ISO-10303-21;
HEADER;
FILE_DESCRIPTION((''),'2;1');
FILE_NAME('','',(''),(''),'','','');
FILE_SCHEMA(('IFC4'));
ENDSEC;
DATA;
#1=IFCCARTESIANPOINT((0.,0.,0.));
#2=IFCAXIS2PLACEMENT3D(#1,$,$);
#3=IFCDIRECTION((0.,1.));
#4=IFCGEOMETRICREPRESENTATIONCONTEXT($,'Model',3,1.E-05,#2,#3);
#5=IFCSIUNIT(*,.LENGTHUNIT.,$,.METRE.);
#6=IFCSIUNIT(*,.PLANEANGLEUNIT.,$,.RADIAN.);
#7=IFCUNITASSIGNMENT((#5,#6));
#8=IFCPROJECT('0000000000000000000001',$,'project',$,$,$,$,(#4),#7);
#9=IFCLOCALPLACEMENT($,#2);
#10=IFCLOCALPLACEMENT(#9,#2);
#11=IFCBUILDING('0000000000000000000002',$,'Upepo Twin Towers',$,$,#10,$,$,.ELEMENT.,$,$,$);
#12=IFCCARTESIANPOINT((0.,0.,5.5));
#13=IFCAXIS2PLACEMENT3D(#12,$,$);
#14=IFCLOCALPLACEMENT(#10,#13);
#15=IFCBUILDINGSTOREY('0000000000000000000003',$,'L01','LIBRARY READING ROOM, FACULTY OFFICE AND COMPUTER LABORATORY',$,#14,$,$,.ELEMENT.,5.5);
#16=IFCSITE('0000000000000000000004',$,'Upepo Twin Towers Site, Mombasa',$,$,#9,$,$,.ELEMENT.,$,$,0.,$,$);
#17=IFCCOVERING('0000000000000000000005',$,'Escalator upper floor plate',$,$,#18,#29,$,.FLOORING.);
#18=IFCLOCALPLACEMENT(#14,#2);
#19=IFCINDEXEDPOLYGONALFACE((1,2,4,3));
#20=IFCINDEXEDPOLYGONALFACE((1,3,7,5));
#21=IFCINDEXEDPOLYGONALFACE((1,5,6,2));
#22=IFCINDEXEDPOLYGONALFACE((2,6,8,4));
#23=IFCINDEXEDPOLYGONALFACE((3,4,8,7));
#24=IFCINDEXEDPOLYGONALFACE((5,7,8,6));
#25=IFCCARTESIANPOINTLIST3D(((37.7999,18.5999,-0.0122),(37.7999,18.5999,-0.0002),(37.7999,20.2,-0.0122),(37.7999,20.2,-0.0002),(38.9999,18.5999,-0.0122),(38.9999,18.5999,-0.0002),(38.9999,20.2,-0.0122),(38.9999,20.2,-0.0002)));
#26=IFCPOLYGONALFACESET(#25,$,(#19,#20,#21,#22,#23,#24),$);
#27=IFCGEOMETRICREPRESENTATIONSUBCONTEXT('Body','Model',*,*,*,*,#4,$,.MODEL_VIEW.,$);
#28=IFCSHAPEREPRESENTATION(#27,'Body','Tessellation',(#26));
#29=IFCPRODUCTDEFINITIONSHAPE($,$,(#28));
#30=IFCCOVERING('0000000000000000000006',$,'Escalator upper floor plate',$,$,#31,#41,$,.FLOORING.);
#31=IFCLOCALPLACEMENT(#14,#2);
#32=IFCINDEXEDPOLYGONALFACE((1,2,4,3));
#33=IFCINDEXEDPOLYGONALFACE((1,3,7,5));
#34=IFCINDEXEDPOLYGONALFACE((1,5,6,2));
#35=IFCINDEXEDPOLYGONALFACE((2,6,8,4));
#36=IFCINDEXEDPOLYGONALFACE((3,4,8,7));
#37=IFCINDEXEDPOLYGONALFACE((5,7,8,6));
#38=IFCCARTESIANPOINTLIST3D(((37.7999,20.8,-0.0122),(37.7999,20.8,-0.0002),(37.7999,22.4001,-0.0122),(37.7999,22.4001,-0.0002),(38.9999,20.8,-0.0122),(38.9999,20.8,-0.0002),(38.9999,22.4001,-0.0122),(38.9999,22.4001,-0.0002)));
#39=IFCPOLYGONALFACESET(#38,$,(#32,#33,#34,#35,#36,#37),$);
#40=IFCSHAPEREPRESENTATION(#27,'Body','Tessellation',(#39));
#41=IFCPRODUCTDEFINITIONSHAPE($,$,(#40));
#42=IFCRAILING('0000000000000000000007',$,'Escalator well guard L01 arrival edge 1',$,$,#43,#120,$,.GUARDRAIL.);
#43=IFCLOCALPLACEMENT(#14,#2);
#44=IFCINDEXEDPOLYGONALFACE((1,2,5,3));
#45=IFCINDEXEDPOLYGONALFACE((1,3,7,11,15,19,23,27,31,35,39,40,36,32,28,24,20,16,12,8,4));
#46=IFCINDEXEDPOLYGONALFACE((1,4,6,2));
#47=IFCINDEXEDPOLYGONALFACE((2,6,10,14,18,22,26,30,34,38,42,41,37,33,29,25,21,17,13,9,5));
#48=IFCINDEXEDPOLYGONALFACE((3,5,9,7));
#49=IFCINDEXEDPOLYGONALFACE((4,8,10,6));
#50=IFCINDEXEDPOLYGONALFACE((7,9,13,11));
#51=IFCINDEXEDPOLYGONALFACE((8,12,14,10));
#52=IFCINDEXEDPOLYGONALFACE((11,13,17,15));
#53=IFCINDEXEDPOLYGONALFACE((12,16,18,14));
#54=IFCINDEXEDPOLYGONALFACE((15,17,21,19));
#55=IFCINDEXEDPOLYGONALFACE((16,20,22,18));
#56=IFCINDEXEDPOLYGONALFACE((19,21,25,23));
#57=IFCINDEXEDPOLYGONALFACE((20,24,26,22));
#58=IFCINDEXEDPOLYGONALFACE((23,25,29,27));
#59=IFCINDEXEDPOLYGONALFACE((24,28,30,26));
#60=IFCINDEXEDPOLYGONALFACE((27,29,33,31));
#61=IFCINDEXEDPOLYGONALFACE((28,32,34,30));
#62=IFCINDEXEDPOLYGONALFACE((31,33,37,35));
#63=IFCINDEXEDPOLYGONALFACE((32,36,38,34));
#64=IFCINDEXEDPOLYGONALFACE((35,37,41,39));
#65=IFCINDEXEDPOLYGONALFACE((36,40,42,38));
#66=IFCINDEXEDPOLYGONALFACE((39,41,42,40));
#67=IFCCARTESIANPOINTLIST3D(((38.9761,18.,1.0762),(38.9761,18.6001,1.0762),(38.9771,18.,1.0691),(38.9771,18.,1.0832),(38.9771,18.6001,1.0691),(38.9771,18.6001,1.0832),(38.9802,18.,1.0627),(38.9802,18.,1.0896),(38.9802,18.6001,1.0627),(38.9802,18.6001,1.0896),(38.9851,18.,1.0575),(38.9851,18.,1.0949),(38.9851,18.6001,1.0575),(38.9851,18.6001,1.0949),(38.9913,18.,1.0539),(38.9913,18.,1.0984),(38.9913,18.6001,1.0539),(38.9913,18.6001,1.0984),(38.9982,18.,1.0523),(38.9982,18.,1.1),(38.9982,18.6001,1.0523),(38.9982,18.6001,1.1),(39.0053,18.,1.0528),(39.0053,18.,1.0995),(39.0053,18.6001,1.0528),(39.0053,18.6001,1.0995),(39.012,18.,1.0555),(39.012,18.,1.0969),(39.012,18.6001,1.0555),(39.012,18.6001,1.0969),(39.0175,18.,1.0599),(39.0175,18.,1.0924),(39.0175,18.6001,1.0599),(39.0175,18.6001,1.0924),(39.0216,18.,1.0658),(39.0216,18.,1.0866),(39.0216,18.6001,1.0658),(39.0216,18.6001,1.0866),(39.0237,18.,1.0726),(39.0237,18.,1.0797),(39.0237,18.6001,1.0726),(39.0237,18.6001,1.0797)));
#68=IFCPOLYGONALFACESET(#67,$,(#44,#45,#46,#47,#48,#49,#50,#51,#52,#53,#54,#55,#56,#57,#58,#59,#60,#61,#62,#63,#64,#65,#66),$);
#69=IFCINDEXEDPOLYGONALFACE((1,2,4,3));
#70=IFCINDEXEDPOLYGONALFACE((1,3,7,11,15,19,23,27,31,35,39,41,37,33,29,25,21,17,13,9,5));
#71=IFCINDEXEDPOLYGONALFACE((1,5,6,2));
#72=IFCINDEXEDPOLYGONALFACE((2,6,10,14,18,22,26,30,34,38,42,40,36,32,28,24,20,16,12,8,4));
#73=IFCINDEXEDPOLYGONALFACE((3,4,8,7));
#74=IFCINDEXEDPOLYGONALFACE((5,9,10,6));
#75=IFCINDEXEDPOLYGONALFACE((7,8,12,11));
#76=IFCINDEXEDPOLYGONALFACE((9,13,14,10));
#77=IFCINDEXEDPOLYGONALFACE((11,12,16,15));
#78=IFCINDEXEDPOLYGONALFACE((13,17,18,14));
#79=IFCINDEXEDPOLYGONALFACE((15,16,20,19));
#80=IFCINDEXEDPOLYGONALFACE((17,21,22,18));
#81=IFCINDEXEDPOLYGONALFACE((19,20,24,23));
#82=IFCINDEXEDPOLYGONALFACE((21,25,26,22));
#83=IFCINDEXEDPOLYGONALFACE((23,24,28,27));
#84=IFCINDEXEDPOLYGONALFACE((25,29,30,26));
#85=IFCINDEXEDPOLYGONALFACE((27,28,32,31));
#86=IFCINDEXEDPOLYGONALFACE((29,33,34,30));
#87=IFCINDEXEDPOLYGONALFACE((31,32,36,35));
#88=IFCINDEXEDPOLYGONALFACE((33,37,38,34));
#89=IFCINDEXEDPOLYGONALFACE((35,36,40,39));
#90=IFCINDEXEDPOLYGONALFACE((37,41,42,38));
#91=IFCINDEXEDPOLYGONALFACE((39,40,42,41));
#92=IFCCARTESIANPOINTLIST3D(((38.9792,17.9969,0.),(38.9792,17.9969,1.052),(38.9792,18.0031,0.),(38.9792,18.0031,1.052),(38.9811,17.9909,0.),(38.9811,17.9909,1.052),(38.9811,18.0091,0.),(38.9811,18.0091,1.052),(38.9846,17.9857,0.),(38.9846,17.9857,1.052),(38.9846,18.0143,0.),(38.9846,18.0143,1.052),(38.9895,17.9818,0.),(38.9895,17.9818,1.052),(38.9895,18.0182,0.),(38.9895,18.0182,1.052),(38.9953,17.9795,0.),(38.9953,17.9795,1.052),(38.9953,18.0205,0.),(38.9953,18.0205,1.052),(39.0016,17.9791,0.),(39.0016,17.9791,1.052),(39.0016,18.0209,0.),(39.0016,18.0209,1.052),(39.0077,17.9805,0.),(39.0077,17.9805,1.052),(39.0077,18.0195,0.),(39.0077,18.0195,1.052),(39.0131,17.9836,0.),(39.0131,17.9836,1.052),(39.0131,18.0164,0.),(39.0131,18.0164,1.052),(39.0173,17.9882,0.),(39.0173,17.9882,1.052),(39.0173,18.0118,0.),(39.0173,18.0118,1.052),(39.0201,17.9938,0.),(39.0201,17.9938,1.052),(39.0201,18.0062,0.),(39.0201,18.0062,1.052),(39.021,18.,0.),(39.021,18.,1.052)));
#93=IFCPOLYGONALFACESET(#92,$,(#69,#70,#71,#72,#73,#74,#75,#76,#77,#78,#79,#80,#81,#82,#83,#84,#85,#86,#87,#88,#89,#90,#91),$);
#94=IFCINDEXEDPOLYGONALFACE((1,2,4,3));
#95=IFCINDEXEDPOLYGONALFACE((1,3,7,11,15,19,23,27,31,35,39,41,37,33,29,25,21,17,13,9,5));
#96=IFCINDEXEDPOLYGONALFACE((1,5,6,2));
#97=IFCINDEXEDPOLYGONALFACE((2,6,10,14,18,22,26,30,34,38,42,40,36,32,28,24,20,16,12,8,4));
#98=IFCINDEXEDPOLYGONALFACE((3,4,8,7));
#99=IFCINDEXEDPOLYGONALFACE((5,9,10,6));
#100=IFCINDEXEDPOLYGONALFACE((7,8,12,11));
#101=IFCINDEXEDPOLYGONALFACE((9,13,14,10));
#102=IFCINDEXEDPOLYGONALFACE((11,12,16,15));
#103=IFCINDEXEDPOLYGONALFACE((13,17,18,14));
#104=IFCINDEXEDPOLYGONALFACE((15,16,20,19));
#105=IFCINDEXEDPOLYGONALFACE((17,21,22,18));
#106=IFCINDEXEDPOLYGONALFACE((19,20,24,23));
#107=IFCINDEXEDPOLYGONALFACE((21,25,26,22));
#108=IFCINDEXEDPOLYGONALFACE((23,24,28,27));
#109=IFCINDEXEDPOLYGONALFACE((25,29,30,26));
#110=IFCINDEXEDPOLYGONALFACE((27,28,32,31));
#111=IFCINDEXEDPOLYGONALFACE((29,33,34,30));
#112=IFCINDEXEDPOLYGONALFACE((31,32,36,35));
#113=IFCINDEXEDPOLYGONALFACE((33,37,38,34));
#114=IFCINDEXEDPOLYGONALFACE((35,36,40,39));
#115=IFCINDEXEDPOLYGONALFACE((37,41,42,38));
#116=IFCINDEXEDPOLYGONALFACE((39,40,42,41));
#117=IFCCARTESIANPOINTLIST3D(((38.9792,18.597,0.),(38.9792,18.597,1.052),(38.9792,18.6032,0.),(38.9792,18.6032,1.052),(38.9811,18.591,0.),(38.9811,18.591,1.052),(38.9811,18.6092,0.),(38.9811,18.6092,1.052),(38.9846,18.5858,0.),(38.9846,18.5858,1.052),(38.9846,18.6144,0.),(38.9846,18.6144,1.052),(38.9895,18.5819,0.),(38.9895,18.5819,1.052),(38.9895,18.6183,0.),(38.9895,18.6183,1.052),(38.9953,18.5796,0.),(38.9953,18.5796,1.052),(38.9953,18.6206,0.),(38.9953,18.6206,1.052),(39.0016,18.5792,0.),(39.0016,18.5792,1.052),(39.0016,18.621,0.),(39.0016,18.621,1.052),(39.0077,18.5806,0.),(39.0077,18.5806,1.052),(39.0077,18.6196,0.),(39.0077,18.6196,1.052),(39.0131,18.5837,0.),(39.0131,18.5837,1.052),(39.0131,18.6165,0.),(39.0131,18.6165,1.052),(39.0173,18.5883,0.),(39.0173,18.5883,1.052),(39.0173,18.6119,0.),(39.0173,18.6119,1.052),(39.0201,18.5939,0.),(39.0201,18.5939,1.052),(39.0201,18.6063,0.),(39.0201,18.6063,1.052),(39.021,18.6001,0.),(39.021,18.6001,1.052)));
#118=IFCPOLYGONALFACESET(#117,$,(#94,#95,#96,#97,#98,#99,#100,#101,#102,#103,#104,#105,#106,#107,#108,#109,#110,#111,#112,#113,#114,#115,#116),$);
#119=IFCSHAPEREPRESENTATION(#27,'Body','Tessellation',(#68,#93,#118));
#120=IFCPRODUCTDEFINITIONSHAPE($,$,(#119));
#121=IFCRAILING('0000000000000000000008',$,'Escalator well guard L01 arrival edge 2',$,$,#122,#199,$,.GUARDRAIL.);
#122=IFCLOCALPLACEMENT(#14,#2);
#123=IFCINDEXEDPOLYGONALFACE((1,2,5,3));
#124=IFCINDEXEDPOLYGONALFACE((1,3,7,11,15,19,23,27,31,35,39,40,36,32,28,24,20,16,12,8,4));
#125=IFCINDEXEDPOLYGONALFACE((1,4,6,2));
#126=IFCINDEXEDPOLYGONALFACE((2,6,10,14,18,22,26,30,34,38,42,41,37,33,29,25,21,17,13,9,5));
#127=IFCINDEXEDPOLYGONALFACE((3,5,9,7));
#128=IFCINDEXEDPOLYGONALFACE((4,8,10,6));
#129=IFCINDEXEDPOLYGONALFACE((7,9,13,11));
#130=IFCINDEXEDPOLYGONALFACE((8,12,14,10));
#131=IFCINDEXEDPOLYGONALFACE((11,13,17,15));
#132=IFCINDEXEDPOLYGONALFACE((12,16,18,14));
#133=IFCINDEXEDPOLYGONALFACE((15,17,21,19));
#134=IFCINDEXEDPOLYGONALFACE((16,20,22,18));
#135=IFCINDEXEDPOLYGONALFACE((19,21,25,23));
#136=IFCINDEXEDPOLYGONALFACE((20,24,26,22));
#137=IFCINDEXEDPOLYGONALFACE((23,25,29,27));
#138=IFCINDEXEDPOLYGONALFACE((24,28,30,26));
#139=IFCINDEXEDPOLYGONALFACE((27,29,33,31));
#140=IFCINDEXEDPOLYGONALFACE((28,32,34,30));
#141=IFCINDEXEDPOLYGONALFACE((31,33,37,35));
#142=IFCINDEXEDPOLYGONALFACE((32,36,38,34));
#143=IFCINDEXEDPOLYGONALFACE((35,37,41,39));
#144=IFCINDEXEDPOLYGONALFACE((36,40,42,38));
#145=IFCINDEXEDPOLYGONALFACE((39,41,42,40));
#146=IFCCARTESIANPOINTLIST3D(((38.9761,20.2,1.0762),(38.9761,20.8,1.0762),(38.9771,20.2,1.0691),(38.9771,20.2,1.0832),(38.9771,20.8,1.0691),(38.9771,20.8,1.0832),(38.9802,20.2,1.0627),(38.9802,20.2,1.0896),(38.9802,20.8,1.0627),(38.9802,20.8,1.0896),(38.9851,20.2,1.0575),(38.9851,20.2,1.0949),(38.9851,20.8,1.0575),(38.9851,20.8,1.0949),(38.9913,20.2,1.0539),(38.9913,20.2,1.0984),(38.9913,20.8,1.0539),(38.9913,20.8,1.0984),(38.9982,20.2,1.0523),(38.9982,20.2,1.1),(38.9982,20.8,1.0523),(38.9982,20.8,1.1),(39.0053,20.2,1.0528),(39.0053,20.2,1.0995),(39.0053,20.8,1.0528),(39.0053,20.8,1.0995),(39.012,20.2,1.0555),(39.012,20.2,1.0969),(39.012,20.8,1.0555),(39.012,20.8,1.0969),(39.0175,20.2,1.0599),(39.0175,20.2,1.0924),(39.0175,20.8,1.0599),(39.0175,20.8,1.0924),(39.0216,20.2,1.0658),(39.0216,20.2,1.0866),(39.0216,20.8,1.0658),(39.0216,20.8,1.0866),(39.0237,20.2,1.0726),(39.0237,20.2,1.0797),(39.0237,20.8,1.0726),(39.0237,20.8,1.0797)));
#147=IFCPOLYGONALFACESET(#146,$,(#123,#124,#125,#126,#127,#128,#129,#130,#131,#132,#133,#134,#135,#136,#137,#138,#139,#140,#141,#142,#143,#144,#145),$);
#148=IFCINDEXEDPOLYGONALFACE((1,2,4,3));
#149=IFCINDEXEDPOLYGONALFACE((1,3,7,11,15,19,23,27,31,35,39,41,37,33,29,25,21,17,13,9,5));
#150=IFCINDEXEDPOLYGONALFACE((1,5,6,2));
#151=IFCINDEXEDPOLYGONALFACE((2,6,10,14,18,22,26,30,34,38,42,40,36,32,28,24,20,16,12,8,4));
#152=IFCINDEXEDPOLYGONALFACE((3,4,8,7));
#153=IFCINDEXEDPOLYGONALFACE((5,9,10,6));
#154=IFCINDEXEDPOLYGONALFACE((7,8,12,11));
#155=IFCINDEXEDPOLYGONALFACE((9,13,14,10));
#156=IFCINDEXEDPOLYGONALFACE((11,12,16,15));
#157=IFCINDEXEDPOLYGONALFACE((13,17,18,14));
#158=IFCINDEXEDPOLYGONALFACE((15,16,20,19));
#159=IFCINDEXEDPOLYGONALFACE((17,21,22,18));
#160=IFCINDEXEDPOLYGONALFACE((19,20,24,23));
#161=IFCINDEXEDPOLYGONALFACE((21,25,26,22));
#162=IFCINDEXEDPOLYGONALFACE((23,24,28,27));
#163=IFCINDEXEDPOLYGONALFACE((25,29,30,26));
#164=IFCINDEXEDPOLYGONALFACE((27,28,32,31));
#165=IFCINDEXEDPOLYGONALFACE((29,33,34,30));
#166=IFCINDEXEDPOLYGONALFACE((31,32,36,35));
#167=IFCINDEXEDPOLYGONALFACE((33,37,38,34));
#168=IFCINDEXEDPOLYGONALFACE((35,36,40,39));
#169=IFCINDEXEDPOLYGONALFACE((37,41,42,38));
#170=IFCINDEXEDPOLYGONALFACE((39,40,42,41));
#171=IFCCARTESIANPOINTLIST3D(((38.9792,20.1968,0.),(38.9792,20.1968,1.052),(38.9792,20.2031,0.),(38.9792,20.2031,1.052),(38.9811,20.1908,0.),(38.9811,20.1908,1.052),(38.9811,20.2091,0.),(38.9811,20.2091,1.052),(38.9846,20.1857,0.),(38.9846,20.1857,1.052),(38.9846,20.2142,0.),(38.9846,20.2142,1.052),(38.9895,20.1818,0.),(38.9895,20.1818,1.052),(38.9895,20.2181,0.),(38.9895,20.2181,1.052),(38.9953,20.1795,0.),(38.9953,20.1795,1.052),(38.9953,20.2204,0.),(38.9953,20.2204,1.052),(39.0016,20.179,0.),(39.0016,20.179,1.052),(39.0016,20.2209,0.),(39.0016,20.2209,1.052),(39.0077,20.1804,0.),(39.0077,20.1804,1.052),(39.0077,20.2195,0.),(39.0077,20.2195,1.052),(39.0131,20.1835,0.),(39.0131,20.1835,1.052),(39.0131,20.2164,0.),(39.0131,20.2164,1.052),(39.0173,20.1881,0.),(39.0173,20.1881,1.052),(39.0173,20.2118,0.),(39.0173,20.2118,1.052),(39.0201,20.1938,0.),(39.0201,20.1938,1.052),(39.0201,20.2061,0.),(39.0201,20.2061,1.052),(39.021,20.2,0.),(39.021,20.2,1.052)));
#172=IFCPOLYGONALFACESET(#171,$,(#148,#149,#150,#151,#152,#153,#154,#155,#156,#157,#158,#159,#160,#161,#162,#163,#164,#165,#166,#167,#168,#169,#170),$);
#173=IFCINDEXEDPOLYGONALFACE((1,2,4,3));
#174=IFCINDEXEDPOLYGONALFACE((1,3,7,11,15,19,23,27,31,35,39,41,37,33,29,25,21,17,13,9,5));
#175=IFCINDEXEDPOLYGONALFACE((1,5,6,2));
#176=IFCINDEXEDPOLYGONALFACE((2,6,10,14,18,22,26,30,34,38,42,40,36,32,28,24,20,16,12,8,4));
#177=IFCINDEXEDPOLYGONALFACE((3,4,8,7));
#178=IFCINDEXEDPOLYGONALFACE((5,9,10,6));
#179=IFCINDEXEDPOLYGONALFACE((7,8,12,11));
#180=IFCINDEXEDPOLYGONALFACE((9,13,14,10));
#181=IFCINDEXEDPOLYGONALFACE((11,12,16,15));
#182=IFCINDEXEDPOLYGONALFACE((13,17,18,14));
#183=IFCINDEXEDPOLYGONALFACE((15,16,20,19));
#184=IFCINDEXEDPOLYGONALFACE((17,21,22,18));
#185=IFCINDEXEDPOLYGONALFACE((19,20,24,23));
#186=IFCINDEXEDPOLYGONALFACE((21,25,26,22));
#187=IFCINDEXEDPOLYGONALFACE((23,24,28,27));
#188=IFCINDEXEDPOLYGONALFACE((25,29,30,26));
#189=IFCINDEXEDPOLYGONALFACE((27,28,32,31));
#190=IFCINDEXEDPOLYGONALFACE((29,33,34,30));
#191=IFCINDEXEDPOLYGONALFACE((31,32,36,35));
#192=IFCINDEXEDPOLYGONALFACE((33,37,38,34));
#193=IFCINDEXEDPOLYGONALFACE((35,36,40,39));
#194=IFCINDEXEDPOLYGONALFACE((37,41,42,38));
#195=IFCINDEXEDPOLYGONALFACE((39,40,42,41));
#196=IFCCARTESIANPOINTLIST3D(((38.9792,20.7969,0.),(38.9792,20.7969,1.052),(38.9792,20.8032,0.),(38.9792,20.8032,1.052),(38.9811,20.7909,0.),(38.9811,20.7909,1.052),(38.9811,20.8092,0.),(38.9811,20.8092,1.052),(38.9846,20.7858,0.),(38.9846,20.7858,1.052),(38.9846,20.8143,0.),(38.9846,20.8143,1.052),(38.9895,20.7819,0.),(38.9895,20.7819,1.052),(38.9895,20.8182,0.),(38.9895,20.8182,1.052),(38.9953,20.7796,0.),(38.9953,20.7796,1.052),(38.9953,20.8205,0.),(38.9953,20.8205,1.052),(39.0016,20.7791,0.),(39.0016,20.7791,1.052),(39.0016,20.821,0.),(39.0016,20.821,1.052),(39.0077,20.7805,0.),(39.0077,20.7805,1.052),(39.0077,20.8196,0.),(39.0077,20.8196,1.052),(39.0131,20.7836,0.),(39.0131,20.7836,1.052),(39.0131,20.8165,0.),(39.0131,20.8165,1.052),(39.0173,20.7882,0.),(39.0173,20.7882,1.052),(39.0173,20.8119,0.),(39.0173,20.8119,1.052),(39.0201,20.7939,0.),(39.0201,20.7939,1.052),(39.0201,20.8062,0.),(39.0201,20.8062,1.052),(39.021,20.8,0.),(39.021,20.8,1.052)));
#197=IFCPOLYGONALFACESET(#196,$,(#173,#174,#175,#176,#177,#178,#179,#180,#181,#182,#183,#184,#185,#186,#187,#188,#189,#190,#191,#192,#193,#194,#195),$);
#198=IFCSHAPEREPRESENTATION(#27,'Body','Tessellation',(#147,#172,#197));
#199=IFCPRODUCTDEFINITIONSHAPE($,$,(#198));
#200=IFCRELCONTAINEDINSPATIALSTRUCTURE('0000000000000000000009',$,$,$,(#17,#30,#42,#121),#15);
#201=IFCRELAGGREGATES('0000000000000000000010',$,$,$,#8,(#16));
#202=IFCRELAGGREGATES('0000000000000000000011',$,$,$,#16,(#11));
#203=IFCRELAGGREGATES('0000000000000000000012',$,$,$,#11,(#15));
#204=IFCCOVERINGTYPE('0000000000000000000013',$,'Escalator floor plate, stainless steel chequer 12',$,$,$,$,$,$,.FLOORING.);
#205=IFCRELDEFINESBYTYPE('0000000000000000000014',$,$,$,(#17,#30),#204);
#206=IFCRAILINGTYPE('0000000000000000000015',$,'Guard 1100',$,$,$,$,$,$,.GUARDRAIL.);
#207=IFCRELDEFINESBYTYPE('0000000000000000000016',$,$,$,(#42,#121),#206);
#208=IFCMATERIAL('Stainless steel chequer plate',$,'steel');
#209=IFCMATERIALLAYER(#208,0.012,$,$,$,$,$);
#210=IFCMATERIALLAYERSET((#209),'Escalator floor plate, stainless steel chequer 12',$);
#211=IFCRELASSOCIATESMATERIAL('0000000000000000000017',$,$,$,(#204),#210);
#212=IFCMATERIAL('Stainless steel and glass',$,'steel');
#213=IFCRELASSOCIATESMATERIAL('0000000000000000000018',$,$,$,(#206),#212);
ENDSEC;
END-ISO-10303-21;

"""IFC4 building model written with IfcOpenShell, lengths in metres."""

from ifc_helpers import new_model, si_unit, direction, frame, origin, origin_2d, place, context, subcontext, project, spatial, rectangle, circle, extrude, material, layer, layer_set, type_object, element, save


model = new_model("IFC4")

# Units and contexts
model_context = context("Model", 3, precision=1e-05, world=origin(), true_north=direction((0.0, 1.0)))
body_context = subcontext(model_context, "Body", "Model", "MODEL_VIEW")
ifc_project = project(units=[si_unit("LENGTHUNIT", "METRE"), si_unit("PLANEANGLEUNIT", "RADIAN")], contexts=[model_context])

# Site, building, storey
site_placement = place(None, origin())
site = spatial("IfcSite", under=ifc_project, at=site_placement, Name="Upepo Twin Towers Site, Mombasa", CompositionType="ELEMENT", RefElevation=0.0)
building_placement = place(site_placement, origin())
building = spatial("IfcBuilding", under=site, at=building_placement, Name="Upepo Twin Towers", CompositionType="ELEMENT")
storey_placement = place(building_placement, frame((0.0, 0.0, 5.5)))
storey = spatial("IfcBuildingStorey", under=building, at=storey_placement, Name="L01", Description="LIBRARY READING ROOM, FACULTY OFFICE AND COMPUTER LABORATORY", CompositionType="ELEMENT", Elevation=5.5)

# Coverings
ifc_material_1 = material(Name="Stainless steel chequer plate", Category="steel")
ifc_layer_1 = layer(ifc_material_1, 0.012)
ifc_layer_set_1 = layer_set([ifc_layer_1], Name="Escalator floor plate, stainless steel chequer 12")
covering_type = type_object("IfcCoveringType", Name="Escalator floor plate, stainless steel chequer 12", PredefinedType="FLOORING", material=ifc_layer_set_1)
for number, where, z_axis, x_axis, name in (
    (1, (38.3999, 19.3999, -0.0122), (0.0, 0.0, 1.0), (1.0, 0.0, 0.0), "Escalator upper floor plate"),
    (2, (38.3999, 21.6001, -0.0122), (0.0, 0.0, 1.0), (1.0, 0.0, 0.0), "Escalator upper floor plate"),
):
    element("IfcCovering", number, at=place(storey_placement, frame(where, z_axis=z_axis, x_axis=x_axis)), inside=storey, type_object=covering_type, Name=name, PredefinedType="FLOORING", context=body_context, shape_type="SweptSolid", body=[
        extrude(rectangle(XDim=1.2, YDim=1.6001, at=origin_2d()), origin(), (0.0, 0.0, 1.0), 0.012),
    ])

# Railings
ifc_material_2 = material(Name="Stainless steel and glass", Category="steel")
railing_type = type_object("IfcRailingType", Name="Guard 1100", PredefinedType="GUARDRAIL", material=ifc_material_2)
for number, where, name in (
    (3, (39.0, 18.0, 0.0), "Escalator well guard L01 arrival edge 1"),
    (4, (39.0, 20.2, 0.0), "Escalator well guard L01 arrival edge 2"),
):
    element("IfcRailing", number, at=place(storey_placement, frame(where)), inside=storey, type_object=railing_type, Name=name, PredefinedType="GUARDRAIL", context=body_context, shape_type="SweptSolid", body=[
        extrude(circle(Radius=0.0239, at=origin_2d()), frame((0.0, 0.0, 1.0762), z_axis=(0.0, 1.0, 0.0), x_axis=(-1.0, 0.0, 0.0)), (0.0, 0.0, 1.0), 0.6001),
        extrude(circle(Radius=0.021, at=origin_2d()), origin(), (0.0, 0.0, 1.0), 1.052),
        extrude(circle(Radius=0.021, at=origin_2d()), frame((0.0, 0.6001, 0.0)), (0.0, 0.0, 1.0), 1.052),
    ])

save(model, "model.ifc")
